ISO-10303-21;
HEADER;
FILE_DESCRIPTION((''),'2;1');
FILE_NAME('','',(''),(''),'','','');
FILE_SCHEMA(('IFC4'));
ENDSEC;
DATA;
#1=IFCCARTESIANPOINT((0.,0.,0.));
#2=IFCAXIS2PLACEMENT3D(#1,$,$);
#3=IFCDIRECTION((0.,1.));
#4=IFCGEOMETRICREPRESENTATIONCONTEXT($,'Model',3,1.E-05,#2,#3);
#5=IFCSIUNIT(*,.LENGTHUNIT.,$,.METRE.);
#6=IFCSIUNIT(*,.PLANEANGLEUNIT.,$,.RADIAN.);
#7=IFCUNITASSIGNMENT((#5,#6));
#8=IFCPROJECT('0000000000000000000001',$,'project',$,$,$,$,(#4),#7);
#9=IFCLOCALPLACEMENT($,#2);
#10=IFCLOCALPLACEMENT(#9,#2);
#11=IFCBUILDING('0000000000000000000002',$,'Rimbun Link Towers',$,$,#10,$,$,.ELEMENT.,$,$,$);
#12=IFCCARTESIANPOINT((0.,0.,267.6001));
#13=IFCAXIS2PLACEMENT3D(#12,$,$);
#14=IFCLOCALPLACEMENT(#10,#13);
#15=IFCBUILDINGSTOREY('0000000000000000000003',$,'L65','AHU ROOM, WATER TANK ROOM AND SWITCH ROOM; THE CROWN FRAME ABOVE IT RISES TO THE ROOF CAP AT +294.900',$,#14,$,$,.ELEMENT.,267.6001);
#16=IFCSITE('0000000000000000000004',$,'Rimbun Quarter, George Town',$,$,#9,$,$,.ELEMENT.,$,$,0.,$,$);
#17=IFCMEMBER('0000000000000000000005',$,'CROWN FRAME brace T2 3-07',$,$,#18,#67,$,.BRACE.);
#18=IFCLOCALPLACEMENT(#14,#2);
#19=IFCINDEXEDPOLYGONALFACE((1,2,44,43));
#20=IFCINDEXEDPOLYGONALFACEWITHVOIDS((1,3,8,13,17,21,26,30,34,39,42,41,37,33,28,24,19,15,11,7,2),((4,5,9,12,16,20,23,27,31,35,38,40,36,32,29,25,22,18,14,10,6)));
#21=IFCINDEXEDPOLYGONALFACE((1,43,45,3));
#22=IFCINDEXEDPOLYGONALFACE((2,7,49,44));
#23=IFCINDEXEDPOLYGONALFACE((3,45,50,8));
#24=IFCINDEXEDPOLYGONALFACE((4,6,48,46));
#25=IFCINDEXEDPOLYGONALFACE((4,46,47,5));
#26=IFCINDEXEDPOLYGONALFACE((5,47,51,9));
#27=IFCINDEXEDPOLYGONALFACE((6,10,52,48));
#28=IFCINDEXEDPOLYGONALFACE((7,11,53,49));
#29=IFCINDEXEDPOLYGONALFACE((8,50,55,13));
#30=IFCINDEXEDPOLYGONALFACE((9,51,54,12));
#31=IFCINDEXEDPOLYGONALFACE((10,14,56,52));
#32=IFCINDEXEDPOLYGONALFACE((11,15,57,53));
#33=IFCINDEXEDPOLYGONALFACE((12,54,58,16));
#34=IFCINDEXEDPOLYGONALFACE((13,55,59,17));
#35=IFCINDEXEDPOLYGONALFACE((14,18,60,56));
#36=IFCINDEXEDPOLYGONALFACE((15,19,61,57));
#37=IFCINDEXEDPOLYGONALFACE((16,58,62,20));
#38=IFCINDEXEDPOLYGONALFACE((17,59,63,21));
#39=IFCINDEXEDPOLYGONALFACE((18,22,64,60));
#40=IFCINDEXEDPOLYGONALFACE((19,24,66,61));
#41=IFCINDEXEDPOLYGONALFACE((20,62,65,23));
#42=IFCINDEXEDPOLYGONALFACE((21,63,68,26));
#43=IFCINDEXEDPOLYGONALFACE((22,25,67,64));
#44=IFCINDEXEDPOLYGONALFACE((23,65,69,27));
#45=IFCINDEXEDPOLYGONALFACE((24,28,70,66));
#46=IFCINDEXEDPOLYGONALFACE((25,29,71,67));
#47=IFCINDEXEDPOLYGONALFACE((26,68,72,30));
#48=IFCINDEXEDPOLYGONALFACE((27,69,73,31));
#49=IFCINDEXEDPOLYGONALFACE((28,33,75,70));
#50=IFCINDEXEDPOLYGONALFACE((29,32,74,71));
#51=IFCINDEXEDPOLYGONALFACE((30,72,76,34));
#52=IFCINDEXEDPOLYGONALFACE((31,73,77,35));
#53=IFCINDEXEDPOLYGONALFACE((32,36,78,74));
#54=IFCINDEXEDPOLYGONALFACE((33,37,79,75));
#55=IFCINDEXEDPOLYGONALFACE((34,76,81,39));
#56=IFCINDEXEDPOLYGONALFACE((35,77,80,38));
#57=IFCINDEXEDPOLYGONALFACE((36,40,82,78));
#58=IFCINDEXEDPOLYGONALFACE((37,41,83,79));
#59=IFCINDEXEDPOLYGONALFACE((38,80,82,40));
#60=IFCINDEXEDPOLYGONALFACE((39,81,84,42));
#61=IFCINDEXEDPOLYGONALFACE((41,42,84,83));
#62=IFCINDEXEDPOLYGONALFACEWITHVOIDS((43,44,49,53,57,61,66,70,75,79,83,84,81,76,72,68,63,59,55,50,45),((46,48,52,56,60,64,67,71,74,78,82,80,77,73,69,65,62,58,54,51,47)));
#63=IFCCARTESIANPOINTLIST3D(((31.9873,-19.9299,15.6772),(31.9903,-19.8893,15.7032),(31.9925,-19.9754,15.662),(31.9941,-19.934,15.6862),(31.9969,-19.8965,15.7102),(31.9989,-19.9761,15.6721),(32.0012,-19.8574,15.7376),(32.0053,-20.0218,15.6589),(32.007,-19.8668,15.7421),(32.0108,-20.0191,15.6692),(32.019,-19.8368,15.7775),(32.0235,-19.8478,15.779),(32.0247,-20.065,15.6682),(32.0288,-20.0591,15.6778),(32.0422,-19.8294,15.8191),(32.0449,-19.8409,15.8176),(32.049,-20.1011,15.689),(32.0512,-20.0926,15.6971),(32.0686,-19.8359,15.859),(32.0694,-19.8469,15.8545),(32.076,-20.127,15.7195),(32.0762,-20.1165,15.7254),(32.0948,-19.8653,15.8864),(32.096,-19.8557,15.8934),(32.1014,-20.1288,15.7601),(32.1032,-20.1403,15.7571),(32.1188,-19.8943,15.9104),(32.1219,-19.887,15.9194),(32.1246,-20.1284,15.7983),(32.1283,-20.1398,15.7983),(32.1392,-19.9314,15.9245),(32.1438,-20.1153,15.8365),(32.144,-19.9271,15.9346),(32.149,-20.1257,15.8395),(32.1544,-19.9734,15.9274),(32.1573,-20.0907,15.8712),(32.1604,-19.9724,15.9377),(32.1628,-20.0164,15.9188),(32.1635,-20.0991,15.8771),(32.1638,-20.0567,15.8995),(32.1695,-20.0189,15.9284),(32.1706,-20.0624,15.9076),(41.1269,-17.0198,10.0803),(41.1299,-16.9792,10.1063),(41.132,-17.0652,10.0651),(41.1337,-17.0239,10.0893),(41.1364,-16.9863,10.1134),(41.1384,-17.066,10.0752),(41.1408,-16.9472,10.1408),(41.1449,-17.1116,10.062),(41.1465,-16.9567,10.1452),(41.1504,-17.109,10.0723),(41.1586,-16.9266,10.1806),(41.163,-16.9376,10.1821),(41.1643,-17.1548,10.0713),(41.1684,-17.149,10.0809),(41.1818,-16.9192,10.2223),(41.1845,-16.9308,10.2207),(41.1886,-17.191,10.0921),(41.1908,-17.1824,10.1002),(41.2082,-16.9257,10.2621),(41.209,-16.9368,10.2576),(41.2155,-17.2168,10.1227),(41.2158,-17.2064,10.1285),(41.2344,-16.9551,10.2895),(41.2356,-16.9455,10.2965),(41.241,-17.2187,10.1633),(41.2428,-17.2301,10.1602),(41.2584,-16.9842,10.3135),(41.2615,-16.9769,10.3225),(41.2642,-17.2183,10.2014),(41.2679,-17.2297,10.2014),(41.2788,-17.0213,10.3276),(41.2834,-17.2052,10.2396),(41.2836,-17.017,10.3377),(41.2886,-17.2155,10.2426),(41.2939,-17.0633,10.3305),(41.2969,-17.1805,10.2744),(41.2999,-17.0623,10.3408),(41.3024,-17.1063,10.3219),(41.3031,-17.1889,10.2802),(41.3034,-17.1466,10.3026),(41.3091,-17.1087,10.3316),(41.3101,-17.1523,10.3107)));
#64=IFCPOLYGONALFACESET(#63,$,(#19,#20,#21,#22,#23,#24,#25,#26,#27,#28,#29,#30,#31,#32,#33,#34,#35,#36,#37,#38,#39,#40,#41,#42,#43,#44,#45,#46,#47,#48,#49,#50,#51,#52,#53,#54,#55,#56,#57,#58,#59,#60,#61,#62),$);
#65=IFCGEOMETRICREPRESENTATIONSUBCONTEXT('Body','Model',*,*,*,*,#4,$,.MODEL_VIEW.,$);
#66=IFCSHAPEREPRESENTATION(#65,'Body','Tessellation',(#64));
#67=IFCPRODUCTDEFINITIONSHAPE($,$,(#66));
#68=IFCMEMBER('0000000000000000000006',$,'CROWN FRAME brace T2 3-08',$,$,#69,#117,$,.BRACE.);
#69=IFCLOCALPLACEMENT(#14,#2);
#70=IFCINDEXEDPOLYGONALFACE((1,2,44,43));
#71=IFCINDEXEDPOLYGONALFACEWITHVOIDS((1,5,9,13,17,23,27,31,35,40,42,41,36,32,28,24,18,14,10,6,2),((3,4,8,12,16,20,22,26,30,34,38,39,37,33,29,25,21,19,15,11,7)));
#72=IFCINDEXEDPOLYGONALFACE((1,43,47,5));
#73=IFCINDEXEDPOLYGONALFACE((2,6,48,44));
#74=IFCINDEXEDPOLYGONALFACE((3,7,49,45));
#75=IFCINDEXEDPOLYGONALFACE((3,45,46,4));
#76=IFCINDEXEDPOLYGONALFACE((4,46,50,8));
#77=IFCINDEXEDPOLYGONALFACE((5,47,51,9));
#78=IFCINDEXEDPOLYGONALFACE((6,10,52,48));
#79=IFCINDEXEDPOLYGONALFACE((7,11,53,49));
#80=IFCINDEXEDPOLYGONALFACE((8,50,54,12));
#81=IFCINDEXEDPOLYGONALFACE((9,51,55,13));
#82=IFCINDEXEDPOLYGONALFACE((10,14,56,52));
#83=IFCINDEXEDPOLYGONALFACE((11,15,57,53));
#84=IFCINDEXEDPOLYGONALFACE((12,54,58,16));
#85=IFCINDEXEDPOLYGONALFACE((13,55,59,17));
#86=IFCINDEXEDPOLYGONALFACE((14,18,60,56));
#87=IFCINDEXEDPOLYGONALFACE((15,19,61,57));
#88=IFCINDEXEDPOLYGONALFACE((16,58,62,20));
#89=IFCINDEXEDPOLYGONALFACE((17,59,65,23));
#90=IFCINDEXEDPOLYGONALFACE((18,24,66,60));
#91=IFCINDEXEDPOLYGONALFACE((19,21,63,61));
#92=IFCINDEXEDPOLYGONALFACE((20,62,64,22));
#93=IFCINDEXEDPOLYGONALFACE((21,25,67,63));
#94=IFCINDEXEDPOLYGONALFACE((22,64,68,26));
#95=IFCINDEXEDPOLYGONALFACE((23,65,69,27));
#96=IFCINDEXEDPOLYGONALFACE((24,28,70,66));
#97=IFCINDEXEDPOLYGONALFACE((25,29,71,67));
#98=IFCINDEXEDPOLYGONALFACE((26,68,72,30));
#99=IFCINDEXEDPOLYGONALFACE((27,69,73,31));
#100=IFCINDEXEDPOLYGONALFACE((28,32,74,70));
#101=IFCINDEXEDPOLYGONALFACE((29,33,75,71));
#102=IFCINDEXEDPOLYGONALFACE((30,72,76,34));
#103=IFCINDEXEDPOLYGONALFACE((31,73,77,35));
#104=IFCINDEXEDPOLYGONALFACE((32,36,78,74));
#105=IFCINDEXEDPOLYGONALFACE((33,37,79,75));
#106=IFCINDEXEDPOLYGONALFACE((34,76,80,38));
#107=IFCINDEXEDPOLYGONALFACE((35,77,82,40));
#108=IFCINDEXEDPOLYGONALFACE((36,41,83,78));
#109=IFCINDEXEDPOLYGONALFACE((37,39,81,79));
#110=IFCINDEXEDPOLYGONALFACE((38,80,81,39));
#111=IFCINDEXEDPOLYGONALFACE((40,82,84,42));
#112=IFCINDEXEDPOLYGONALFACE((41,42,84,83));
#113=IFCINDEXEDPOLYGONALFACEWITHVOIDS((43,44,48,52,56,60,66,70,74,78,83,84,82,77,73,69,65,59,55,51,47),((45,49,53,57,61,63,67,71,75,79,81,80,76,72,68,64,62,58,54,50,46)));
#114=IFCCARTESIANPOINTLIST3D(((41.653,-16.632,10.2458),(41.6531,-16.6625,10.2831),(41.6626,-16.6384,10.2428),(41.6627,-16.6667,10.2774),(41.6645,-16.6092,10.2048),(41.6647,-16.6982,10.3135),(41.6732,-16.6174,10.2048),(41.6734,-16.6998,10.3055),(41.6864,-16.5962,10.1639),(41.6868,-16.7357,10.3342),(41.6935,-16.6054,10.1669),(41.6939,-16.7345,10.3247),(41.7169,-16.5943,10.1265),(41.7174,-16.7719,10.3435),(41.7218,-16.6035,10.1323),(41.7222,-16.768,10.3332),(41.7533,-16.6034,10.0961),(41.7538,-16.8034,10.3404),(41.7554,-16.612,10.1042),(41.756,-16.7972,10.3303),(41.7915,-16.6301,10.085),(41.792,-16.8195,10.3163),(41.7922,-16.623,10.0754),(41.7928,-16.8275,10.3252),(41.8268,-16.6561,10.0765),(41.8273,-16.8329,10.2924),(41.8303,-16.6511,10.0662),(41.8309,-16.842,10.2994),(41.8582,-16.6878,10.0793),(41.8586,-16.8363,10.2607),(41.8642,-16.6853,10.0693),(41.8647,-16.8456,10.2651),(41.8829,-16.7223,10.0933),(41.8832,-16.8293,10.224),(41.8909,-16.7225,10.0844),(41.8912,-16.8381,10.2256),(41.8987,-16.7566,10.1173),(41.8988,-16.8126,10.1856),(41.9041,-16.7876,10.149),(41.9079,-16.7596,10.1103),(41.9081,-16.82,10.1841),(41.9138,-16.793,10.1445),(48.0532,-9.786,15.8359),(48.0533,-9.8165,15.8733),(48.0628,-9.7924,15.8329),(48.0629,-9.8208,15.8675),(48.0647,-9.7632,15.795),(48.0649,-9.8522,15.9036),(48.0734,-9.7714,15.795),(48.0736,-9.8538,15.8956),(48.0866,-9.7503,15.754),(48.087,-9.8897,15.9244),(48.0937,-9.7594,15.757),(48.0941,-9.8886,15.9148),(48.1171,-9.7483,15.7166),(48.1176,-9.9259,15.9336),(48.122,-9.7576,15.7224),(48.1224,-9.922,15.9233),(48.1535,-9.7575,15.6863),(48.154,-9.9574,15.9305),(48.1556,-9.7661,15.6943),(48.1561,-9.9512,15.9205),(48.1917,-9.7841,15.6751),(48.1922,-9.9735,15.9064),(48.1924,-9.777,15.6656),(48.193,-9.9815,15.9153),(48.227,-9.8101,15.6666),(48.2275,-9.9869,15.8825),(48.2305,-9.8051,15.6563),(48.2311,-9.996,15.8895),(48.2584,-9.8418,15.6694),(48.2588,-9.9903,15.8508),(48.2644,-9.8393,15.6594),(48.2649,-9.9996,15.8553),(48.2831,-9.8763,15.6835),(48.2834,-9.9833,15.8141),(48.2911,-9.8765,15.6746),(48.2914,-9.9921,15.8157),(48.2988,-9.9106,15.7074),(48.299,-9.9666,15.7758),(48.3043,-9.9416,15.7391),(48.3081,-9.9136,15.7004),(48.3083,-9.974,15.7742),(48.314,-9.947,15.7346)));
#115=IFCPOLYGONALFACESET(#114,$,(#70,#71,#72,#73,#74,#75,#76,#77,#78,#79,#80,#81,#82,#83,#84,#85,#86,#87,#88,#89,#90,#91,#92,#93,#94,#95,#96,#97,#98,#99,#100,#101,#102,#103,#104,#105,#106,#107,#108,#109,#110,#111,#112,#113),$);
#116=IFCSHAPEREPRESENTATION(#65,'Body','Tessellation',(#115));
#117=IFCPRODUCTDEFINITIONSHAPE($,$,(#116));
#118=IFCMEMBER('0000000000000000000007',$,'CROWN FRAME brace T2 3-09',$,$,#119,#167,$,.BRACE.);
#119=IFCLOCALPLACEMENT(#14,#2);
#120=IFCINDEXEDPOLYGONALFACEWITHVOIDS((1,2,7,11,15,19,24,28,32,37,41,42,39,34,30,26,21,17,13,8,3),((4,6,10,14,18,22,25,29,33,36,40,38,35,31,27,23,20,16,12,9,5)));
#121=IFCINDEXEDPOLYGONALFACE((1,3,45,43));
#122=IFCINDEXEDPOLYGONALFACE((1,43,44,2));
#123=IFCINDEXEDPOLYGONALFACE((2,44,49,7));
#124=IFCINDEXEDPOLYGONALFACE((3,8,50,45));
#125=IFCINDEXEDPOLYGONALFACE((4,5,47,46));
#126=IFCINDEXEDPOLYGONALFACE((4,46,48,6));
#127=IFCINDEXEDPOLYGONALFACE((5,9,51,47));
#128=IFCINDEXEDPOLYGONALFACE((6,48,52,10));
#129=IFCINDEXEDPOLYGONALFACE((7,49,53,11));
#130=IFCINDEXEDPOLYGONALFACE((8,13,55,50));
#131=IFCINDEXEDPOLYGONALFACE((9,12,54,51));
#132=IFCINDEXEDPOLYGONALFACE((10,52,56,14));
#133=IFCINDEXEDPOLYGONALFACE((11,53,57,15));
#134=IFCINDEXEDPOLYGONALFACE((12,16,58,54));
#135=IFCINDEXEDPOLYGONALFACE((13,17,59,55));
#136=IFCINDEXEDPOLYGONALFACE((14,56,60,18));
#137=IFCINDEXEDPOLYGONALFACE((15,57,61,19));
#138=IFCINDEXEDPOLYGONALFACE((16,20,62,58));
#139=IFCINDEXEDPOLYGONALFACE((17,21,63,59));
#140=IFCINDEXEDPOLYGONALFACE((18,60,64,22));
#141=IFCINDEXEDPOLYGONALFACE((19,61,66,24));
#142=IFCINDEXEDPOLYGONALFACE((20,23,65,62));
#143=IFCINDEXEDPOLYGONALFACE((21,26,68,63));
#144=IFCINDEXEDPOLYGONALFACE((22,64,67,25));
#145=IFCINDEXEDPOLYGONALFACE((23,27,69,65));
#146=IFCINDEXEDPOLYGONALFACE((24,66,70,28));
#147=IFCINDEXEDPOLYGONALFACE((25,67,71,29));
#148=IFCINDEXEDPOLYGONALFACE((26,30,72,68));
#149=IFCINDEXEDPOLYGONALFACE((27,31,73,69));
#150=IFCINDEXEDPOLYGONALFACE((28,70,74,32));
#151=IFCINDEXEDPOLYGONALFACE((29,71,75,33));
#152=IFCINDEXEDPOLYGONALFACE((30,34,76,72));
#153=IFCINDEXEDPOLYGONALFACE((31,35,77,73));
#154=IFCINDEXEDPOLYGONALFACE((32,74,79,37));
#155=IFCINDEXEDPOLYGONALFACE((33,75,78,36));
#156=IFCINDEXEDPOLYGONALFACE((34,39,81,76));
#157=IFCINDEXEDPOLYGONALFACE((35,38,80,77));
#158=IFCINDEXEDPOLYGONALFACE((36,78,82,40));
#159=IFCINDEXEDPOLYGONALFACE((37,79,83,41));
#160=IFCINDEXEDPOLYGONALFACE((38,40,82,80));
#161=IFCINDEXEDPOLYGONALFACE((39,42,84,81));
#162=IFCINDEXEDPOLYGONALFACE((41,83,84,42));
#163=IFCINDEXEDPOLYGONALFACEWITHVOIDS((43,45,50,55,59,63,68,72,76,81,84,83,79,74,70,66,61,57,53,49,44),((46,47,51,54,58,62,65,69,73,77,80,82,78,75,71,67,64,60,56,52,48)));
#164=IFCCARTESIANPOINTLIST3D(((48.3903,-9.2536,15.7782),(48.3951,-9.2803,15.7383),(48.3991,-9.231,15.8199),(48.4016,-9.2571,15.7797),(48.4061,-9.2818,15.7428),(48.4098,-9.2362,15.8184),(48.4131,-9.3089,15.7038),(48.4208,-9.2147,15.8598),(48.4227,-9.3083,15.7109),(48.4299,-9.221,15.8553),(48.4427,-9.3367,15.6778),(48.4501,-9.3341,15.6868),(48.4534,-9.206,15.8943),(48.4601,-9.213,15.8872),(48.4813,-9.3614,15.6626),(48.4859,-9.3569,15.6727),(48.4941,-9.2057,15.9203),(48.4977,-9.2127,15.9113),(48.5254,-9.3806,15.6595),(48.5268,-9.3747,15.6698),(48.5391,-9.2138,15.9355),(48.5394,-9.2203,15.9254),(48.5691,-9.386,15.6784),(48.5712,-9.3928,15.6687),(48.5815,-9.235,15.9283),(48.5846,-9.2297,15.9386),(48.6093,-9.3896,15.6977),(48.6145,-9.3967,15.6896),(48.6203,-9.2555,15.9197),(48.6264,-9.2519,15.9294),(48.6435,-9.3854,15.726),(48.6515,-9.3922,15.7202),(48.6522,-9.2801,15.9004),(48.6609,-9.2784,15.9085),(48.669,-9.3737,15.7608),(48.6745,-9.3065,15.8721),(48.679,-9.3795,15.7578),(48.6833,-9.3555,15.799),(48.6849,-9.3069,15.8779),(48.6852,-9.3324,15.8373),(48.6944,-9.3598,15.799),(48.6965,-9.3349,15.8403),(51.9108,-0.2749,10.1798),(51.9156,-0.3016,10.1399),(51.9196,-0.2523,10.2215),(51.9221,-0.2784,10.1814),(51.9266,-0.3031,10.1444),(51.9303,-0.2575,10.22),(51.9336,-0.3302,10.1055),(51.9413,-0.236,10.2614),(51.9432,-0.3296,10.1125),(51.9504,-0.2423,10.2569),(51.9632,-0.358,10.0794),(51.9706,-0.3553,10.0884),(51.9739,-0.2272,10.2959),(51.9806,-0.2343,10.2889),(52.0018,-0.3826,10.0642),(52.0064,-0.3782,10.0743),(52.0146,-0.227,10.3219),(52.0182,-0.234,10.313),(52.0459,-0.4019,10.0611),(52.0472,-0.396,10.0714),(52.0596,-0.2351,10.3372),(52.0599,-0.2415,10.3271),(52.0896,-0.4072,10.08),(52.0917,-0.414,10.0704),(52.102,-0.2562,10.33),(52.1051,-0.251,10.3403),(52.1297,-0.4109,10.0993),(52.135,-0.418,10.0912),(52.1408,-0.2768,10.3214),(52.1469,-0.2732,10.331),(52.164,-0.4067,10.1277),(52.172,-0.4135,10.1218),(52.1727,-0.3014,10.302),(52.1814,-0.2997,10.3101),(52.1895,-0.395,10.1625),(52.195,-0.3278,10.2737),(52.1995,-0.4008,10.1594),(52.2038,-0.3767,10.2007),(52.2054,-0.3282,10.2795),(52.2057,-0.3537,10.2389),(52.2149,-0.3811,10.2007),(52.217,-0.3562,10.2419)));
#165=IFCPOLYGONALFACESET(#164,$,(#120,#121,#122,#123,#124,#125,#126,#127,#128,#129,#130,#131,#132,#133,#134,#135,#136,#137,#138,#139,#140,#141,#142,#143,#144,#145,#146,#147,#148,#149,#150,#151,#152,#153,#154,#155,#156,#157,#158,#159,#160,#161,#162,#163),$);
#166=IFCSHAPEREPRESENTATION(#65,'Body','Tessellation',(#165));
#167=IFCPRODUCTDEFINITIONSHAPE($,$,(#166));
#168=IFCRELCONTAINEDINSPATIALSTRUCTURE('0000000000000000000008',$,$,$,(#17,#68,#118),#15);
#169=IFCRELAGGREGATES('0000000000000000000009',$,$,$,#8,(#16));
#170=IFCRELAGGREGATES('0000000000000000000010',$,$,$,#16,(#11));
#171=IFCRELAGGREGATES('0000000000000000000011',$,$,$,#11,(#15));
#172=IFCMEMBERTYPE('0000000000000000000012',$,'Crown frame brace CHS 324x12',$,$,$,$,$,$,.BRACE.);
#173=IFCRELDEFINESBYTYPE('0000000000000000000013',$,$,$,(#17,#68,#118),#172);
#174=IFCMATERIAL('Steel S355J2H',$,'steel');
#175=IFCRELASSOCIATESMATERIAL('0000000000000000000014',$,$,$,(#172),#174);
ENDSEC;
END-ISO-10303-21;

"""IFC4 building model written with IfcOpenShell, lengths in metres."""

from ifc_helpers import new_model, si_unit, direction, frame, origin, origin_2d, place, context, subcontext, project, spatial, hollow_circle, extrude, material, material_profile, profile_set, type_object, element, save


model = new_model("IFC4")

# Units and contexts
model_context = context("Model", 3, precision=1e-05, world=origin(), true_north=direction((0.0, 1.0)))
body_context = subcontext(model_context, "Body", "Model", "MODEL_VIEW")
ifc_project = project(units=[si_unit("LENGTHUNIT", "METRE"), si_unit("PLANEANGLEUNIT", "RADIAN")], contexts=[model_context])

# Site, building, storey
site_placement = place(None, origin())
site = spatial("IfcSite", under=ifc_project, at=site_placement, Name="Rimbun Quarter, George Town", CompositionType="ELEMENT", RefElevation=0.0)
building_placement = place(site_placement, origin())
building = spatial("IfcBuilding", under=site, at=building_placement, Name="Rimbun Link Towers", CompositionType="ELEMENT")
storey_placement = place(building_placement, frame((0.0, 0.0, 267.6001)))
storey = spatial("IfcBuildingStorey", under=building, at=storey_placement, Name="L65", Description="AHU ROOM, WATER TANK ROOM AND SWITCH ROOM; THE CROWN FRAME ABOVE IT RISES TO THE ROOF CAP AT +294.900", CompositionType="ELEMENT", Elevation=267.6001)

# Members
ifc_material_1 = material(Name="Steel S355J2H", Category="steel")
ifc_material_profile_1 = material_profile(ifc_material_1, hollow_circle(Radius=0.1619, WallThickness=0.012, at=origin_2d()), Name="Crown frame brace CHS 324x12")
ifc_profile_set_1 = profile_set([ifc_material_profile_1], Name="Steel S355J2H")
member_type_1 = type_object("IfcMemberType", Name="Crown frame brace CHS 324x12", PredefinedType="BRACE", material=ifc_profile_set_1)
member_1_placement = place(storey_placement, frame((41.2188, -17.0754, 10.2014), z_axis=(-0.822999, -0.262051, 0.503987), x_axis=(0.303401, -0.952863, 0.0)))
element("IfcMember", 1, at=member_1_placement, inside=storey, type_object=member_type_1, Name="CROWN FRAME brace T2 3-07", PredefinedType="BRACE", context=body_context, shape_type="SweptSolid", body=[
    extrude(hollow_circle(Radius=0.1619, WallThickness=0.012, at=origin_2d()), origin(), (0.0, 0.0, 1.0), 11.1052),
])
member_2_placement = place(storey_placement, frame((41.7827, -16.7197, 10.2048), z_axis=(0.586508, 0.627362, 0.512275), x_axis=(-0.730491, 0.682922, 0.0)))
element("IfcMember", 2, at=member_2_placement, inside=storey, type_object=member_type_1, Name="CROWN FRAME brace T2 3-08", PredefinedType="BRACE", context=body_context, shape_type="SweptSolid", body=[
    extrude(hollow_circle(Radius=0.1619, WallThickness=0.012, at=origin_2d()), origin(), (0.0, 0.0, 1.0), 10.9124),
])
member_3_placement = place(storey_placement, frame((52.0642, -0.322, 10.2007), z_axis=(-0.315701, -0.805168, 0.502034), x_axis=(0.930993, -0.365036, 0.0)))
element("IfcMember", 3, at=member_3_placement, inside=storey, type_object=member_type_1, Name="CROWN FRAME brace T2 3-09", PredefinedType="BRACE", context=body_context, shape_type="SweptSolid", body=[
    extrude(hollow_circle(Radius=0.1619, WallThickness=0.012, at=origin_2d()), origin(), (0.0, 0.0, 1.0), 11.1514),
])

save(model, "model.ifc")
